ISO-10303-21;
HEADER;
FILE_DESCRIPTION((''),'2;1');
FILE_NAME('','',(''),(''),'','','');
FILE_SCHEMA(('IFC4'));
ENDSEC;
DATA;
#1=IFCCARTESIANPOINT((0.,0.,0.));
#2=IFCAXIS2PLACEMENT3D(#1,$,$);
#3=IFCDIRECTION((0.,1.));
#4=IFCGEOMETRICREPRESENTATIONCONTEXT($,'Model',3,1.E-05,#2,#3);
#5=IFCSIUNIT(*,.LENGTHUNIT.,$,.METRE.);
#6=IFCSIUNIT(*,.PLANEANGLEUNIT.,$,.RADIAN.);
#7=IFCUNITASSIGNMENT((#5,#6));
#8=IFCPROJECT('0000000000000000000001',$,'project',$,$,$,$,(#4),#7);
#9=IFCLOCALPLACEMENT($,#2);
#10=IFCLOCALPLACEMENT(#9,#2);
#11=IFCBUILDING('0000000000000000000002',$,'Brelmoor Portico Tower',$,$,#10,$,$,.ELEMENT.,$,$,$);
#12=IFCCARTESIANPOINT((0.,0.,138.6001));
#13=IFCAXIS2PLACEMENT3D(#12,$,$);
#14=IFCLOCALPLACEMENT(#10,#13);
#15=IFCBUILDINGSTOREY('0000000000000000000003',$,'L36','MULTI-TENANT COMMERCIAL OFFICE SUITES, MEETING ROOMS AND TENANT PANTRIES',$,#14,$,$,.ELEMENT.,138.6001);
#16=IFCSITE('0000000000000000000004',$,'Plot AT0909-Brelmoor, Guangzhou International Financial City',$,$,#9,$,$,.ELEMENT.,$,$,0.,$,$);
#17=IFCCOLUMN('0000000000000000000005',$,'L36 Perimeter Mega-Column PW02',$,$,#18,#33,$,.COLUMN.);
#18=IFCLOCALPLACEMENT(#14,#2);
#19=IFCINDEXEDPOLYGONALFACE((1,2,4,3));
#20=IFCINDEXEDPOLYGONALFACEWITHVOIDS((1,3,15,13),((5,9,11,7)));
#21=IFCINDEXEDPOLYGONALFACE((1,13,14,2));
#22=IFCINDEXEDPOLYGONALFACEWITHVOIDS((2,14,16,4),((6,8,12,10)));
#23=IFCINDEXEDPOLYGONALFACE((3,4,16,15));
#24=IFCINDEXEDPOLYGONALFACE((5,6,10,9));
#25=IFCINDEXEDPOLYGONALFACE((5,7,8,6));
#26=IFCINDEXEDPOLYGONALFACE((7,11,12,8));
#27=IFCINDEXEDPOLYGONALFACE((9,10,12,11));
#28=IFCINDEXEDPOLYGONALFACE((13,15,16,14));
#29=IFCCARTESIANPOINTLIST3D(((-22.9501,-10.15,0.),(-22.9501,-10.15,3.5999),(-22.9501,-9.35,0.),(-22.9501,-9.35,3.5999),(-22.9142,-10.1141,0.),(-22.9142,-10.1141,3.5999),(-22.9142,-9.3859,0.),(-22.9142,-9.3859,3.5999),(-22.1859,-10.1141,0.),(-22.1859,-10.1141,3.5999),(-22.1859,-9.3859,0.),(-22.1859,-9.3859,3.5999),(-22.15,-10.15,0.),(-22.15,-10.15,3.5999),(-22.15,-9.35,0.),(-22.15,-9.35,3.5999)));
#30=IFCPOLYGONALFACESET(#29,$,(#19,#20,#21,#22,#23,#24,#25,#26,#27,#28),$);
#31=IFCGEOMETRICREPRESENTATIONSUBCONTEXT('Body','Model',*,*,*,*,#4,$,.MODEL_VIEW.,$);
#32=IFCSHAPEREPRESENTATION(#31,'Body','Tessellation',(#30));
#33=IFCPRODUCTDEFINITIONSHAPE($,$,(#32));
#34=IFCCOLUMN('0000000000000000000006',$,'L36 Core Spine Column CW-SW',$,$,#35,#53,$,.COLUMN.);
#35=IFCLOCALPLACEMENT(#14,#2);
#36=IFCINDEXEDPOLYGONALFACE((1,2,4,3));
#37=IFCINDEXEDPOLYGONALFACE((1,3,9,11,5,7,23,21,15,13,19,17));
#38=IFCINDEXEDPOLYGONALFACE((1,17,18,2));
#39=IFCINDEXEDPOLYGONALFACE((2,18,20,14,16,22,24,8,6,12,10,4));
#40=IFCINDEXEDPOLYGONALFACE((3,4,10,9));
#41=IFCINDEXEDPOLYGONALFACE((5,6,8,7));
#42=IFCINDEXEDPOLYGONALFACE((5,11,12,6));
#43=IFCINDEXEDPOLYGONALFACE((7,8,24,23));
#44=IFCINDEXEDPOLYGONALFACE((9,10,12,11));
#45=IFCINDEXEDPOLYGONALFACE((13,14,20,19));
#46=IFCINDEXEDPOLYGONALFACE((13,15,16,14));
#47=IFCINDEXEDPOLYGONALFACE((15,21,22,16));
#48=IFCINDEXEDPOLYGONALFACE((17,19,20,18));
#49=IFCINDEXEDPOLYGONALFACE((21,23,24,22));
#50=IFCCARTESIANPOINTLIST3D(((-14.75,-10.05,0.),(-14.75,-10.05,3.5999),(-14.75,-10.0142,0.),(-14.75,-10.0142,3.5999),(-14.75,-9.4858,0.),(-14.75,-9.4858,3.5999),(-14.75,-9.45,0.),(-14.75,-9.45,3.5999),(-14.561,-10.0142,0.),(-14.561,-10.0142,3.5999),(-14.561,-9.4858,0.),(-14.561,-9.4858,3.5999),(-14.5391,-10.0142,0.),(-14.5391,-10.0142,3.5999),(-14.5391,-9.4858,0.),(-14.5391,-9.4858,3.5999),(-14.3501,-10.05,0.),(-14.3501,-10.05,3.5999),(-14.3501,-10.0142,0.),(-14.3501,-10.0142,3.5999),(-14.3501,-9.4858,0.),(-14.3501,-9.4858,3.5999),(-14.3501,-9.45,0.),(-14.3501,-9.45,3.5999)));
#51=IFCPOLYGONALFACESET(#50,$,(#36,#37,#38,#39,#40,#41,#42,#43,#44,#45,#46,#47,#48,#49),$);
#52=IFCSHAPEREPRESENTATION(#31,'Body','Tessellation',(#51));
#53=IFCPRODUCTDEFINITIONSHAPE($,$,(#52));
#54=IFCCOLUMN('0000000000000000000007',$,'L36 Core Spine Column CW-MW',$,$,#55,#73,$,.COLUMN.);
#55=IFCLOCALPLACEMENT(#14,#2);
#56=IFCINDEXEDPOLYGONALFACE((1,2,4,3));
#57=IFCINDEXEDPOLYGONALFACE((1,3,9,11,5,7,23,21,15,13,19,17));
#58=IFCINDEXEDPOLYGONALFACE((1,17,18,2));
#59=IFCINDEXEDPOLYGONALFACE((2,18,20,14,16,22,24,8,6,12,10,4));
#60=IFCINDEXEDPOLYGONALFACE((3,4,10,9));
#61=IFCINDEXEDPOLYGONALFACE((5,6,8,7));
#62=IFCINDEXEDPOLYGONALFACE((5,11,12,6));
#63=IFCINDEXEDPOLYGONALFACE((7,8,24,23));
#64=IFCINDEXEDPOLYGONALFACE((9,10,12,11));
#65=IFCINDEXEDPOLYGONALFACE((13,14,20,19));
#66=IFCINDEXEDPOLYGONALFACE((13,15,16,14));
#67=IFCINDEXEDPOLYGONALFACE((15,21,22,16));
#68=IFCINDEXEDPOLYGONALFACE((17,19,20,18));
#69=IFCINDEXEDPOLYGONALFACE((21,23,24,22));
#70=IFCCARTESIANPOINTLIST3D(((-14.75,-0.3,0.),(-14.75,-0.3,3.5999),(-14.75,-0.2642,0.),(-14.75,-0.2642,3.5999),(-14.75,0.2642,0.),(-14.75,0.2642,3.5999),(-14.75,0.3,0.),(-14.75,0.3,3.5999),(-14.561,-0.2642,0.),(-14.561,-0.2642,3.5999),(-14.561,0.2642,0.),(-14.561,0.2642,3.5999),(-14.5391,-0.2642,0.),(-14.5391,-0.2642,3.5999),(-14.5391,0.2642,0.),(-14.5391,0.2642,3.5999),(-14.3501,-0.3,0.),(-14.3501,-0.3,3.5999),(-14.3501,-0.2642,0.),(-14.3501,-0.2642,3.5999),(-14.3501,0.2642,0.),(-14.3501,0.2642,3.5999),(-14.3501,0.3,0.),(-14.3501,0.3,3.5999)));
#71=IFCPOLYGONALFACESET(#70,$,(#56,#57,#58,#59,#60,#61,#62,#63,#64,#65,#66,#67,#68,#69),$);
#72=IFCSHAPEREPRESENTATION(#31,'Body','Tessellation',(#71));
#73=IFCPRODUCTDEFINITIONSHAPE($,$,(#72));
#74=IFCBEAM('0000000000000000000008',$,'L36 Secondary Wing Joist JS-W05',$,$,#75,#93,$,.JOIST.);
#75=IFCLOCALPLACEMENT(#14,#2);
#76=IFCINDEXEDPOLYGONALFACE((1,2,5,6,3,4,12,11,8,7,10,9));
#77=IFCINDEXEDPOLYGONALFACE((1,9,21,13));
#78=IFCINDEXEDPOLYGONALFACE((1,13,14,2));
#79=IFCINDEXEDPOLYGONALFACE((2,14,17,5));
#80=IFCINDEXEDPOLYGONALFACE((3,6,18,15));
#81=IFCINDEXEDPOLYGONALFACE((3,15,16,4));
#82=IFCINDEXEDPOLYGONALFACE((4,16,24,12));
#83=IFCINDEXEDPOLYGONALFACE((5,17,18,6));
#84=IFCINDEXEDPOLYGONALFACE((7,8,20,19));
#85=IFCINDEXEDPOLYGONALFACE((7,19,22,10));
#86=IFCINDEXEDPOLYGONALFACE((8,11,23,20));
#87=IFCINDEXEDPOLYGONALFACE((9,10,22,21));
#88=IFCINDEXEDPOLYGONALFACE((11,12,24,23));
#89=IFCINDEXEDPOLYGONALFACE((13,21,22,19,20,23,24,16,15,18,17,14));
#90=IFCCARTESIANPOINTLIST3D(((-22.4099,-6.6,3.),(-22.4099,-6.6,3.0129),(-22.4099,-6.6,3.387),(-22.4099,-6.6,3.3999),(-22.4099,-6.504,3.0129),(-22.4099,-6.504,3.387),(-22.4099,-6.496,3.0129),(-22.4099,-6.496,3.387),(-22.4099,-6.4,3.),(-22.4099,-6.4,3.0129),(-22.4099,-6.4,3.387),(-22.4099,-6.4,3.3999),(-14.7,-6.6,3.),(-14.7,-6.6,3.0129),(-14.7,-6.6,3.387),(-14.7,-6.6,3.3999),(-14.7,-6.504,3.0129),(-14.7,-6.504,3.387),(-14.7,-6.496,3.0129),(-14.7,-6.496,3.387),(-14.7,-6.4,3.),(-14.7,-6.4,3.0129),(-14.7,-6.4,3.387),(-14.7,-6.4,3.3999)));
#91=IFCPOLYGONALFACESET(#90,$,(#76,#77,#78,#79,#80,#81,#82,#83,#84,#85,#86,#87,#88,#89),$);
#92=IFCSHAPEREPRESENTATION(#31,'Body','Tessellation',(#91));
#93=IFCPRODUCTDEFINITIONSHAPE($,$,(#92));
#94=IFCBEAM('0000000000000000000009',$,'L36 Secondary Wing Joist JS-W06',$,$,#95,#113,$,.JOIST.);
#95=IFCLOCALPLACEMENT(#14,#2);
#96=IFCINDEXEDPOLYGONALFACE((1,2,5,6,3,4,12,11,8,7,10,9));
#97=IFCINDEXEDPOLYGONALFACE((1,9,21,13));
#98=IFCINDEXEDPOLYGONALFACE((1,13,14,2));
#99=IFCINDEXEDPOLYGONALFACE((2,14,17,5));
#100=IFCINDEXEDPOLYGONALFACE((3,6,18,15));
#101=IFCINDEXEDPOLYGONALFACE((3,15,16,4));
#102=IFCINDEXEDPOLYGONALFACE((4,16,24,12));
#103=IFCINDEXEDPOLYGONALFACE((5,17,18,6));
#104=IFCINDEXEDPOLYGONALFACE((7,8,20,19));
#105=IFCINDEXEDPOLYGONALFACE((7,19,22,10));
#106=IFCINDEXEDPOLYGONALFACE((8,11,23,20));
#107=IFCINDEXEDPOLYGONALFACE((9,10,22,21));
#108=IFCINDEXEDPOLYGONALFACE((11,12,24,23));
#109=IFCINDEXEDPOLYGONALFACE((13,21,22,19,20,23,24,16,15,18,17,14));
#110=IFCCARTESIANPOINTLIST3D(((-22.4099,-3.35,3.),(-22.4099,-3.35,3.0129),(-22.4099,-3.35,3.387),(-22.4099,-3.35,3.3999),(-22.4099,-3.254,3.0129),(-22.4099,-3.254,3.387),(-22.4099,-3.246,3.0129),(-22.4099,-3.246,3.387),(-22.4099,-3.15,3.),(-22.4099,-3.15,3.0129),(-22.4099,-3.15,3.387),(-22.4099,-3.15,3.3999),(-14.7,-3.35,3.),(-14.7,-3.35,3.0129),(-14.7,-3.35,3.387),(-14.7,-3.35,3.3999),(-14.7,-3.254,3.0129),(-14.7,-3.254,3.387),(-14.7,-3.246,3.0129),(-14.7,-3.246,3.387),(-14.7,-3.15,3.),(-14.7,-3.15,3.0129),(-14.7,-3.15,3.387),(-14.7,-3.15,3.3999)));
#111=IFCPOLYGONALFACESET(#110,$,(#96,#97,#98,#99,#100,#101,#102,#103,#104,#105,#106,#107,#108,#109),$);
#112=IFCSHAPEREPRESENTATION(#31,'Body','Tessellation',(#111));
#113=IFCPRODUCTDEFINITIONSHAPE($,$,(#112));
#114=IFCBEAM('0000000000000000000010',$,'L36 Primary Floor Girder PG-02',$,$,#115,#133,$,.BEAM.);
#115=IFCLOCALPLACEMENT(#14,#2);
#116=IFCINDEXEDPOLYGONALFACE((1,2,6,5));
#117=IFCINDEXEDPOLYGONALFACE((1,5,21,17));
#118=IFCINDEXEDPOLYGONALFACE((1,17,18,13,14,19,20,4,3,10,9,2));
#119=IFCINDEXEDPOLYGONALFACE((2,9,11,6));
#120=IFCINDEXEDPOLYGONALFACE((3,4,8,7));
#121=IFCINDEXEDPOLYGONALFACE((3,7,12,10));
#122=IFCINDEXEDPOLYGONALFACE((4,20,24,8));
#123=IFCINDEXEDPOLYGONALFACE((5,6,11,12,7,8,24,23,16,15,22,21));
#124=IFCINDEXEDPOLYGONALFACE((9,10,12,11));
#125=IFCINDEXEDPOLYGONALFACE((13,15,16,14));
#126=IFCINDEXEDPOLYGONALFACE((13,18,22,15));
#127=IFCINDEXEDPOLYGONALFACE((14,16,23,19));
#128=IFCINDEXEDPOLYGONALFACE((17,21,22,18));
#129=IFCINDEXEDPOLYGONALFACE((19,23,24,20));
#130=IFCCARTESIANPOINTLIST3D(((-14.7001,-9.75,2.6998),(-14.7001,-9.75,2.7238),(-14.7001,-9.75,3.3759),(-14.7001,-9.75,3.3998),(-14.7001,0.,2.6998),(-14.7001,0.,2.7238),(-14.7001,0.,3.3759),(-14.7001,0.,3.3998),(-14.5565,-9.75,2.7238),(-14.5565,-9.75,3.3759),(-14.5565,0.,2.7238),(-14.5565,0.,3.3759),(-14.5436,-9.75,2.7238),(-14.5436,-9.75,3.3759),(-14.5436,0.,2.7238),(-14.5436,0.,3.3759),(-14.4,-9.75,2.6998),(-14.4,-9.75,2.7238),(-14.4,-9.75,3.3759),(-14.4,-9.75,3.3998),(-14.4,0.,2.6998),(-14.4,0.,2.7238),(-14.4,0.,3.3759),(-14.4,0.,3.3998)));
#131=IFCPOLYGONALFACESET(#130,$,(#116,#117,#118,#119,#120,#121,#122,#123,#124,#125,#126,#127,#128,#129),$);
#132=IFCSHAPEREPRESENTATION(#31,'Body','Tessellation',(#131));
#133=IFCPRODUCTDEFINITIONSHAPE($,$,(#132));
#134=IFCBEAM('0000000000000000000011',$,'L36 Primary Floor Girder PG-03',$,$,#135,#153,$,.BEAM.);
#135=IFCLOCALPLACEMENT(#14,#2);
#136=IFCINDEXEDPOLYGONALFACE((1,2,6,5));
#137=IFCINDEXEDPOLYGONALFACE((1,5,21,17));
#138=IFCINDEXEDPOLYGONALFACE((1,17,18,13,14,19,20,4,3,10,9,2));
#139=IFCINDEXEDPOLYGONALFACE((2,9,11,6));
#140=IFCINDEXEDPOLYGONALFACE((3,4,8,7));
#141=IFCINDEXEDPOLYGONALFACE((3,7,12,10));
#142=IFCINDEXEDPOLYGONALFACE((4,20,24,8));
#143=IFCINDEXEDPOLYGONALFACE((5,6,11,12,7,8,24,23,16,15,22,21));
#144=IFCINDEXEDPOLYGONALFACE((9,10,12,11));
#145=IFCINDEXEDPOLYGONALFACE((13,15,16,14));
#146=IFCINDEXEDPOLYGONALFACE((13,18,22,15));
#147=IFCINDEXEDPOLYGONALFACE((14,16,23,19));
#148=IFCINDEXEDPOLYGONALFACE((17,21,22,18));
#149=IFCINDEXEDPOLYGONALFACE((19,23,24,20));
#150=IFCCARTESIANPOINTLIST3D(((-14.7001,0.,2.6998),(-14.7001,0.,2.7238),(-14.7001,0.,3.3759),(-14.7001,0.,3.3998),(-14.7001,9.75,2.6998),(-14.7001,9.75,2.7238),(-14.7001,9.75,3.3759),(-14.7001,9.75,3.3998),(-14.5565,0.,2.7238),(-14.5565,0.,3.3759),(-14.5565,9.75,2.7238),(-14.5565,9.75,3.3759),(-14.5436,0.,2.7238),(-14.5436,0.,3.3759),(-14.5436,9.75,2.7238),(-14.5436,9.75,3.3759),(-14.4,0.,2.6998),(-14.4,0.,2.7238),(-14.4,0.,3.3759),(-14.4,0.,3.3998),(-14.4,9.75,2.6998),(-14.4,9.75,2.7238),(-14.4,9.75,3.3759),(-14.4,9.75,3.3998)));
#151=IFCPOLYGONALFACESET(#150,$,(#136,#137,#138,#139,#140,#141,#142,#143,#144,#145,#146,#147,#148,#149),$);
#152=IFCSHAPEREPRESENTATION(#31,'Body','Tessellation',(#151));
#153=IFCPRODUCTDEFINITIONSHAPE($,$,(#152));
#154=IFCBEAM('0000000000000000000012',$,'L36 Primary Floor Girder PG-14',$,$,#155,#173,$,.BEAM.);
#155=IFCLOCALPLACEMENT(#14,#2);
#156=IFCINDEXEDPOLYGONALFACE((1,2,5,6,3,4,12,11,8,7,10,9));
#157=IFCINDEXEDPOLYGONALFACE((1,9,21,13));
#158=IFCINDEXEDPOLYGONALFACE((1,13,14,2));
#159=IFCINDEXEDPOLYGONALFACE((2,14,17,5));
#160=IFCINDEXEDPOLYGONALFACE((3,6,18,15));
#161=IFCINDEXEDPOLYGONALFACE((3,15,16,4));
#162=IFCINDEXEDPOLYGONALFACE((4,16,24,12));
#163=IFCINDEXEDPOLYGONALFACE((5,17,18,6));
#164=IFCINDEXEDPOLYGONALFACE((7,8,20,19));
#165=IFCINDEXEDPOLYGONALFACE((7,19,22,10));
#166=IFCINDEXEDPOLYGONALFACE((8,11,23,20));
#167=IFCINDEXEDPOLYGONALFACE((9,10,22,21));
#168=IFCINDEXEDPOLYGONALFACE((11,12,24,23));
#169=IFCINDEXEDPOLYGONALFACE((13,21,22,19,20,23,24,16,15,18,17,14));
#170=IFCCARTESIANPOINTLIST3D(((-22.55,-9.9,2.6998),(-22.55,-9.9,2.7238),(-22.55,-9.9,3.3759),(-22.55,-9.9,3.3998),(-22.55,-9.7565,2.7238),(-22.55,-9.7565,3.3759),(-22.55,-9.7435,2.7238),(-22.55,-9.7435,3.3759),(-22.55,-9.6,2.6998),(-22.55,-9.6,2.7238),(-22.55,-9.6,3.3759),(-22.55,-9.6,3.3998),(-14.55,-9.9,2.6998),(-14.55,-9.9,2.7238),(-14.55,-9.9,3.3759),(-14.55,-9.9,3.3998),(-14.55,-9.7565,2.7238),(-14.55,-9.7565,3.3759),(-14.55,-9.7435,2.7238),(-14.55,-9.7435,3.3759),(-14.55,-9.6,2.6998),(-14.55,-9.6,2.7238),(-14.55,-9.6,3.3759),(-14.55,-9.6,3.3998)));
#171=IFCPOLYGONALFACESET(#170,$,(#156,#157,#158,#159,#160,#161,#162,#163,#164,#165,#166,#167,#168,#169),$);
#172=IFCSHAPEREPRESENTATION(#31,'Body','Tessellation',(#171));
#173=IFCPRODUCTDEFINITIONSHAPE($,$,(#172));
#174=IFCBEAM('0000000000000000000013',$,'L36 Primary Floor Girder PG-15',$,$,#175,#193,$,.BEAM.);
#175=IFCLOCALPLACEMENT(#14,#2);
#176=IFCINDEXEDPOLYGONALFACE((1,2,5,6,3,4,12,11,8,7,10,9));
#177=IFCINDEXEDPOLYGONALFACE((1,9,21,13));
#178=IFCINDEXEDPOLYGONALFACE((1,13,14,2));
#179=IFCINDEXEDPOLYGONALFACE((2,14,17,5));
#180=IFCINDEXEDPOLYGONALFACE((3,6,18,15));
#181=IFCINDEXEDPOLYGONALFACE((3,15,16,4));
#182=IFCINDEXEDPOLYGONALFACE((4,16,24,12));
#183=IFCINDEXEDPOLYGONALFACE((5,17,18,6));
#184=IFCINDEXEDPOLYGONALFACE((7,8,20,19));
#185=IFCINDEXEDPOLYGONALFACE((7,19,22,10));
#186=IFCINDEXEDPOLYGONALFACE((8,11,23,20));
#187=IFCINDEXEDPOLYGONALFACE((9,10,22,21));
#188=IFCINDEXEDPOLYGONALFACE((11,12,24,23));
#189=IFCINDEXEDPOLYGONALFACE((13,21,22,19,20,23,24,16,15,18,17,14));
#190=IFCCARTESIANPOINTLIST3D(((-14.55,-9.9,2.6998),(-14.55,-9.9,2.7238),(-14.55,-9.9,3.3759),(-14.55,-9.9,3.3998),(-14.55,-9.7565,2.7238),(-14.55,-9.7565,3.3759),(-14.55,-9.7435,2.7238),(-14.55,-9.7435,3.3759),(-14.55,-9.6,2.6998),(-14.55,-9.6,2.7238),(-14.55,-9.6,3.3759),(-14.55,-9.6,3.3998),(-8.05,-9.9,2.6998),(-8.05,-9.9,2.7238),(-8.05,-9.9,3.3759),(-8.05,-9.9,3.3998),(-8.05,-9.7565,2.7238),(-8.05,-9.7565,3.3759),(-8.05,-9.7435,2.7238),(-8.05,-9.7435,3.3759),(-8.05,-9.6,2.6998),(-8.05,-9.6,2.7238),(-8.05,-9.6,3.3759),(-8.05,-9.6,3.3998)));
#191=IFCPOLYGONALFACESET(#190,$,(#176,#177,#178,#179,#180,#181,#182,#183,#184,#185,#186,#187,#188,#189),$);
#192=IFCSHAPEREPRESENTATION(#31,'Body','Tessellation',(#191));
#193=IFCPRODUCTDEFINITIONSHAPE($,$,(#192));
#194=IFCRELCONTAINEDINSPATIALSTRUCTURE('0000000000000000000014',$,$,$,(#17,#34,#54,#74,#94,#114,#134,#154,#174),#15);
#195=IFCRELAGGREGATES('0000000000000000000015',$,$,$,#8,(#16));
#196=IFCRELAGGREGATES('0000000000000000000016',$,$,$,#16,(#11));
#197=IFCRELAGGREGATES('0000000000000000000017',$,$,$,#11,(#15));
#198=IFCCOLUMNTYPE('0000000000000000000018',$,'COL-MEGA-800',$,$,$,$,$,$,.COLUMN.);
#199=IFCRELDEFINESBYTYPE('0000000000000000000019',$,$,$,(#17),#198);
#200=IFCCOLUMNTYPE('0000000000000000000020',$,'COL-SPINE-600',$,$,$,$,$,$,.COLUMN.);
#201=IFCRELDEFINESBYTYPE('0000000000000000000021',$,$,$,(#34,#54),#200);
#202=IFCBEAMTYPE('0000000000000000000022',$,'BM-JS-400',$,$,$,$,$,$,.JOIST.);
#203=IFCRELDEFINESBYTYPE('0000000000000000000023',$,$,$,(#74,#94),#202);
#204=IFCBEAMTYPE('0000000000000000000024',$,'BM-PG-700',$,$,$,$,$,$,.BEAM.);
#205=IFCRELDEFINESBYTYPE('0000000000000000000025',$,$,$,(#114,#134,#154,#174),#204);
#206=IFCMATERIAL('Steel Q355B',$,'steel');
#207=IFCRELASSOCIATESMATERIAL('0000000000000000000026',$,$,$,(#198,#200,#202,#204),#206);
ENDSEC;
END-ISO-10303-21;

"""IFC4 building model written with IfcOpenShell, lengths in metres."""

from ifc_helpers import new_model, si_unit, direction, frame, origin, origin_2d, place, context, subcontext, project, spatial, hollow_rectangle, i_section, extrude, material, material_profile, profile_set, type_object, element, save


model = new_model("IFC4")

# Units and contexts
model_context = context("Model", 3, precision=1e-05, world=origin(), true_north=direction((0.0, 1.0)))
body_context = subcontext(model_context, "Body", "Model", "MODEL_VIEW")
ifc_project = project(units=[si_unit("LENGTHUNIT", "METRE"), si_unit("PLANEANGLEUNIT", "RADIAN")], contexts=[model_context])

# Site, building, storey
site_placement = place(None, origin())
site = spatial("IfcSite", under=ifc_project, at=site_placement, Name="Plot AT0909-Brelmoor, Guangzhou International Financial City", CompositionType="ELEMENT", RefElevation=0.0)
building_placement = place(site_placement, origin())
building = spatial("IfcBuilding", under=site, at=building_placement, Name="Brelmoor Portico Tower", CompositionType="ELEMENT")
storey_placement = place(building_placement, frame((0.0, 0.0, 138.6001)))
storey = spatial("IfcBuildingStorey", under=building, at=storey_placement, Name="L36", Description="MULTI-TENANT COMMERCIAL OFFICE SUITES, MEETING ROOMS AND TENANT PANTRIES", CompositionType="ELEMENT", Elevation=138.6001)

# Columns
ifc_material_1 = material(Name="Steel Q355B", Category="steel")
ifc_material_profile_1 = material_profile(ifc_material_1, hollow_rectangle(XDim=0.8, YDim=0.8, WallThickness=0.0359, at=origin_2d()), Name="BOX 800x800x36")
ifc_profile_set_1 = profile_set([ifc_material_profile_1], Name="Steel Q355B")
column_type_1 = type_object("IfcColumnType", Name="COL-MEGA-800", PredefinedType="COLUMN", material=ifc_profile_set_1)
column_placement = place(storey_placement, frame((-22.55, -9.75, 0.0), z_axis=(0.0, 0.0, 1.0), x_axis=(0.0, 1.0, 0.0)))
element("IfcColumn", 1, at=column_placement, inside=storey, type_object=column_type_1, Name="L36 Perimeter Mega-Column PW02", PredefinedType="COLUMN", context=body_context, shape_type="SweptSolid", body=[
    extrude(hollow_rectangle(XDim=0.8, YDim=0.8, WallThickness=0.0359, at=origin_2d()), origin(), (0.0, 0.0, 1.0), 3.5999),
])
ifc_material_profile_2 = material_profile(ifc_material_1, i_section(OverallWidth=0.3999, OverallDepth=0.6001, WebThickness=0.022, FlangeThickness=0.0359, at=origin_2d()), Name="HW 600x400x22x36")
ifc_profile_set_2 = profile_set([ifc_material_profile_2], Name="Steel Q355B")
column_type_2 = type_object("IfcColumnType", Name="COL-SPINE-600", PredefinedType="COLUMN", material=ifc_profile_set_2)
for number, where, z_axis, x_axis, name in (
    (2, (-14.55, -9.75, 0.0), (0.0, 0.0, 1.0), (1.0, 0.0, 0.0), "L36 Core Spine Column CW-SW"),
    (3, (-14.55, 0.0, 0.0), (0.0, 0.0, 1.0), (1.0, 0.0, 0.0), "L36 Core Spine Column CW-MW"),
):
    element("IfcColumn", number, at=place(storey_placement, frame(where, z_axis=z_axis, x_axis=x_axis)), inside=storey, type_object=column_type_2, Name=name, PredefinedType="COLUMN", context=body_context, shape_type="SweptSolid", body=[
        extrude(i_section(OverallWidth=0.3999, OverallDepth=0.6001, WebThickness=0.022, FlangeThickness=0.0359, at=origin_2d()), origin(), (0.0, 0.0, 1.0), 3.5999),
    ])

# Beams
ifc_material_profile_3 = material_profile(ifc_material_1, i_section(OverallWidth=0.2, OverallDepth=0.3999, WebThickness=0.0081, FlangeThickness=0.0129, at=origin_2d()), Name="HN 400x200x8x13")
ifc_profile_set_3 = profile_set([ifc_material_profile_3], Name="Steel Q355B")
beam_type_1 = type_object("IfcBeamType", Name="BM-JS-400", PredefinedType="JOIST", material=ifc_profile_set_3)
for number, where, z_axis, x_axis, name in (
    (4, (-22.4099, -6.5, 3.2), (1.0, 0.0, 0.0), (0.0, 1.0, 0.0), "L36 Secondary Wing Joist JS-W05"),
    (5, (-22.4099, -3.25, 3.2), (1.0, 0.0, 0.0), (0.0, 1.0, 0.0), "L36 Secondary Wing Joist JS-W06"),
):
    element("IfcBeam", number, at=place(storey_placement, frame(where, z_axis=z_axis, x_axis=x_axis)), inside=storey, type_object=beam_type_1, Name=name, PredefinedType="JOIST", context=body_context, shape_type="SweptSolid", body=[
        extrude(i_section(OverallWidth=0.2, OverallDepth=0.3999, WebThickness=0.0081, FlangeThickness=0.0129, at=origin_2d()), origin(), (0.0, 0.0, 1.0), 7.71),
    ])
ifc_material_profile_4 = material_profile(ifc_material_1, i_section(OverallWidth=0.3, OverallDepth=0.7, WebThickness=0.0129, FlangeThickness=0.0239, at=origin_2d()), Name="HN 700x300x13x24")
ifc_profile_set_4 = profile_set([ifc_material_profile_4], Name="Steel Q355B")
beam_type_2 = type_object("IfcBeamType", Name="BM-PG-700", PredefinedType="BEAM", material=ifc_profile_set_4)
for number, where, z_axis, x_axis, name in (
    (6, (-14.55, -9.75, 3.0498), (0.0, 1.0, 0.0), (-1.0, 0.0, 0.0), "L36 Primary Floor Girder PG-02"),
    (7, (-14.55, 0.0, 3.0498), (0.0, 1.0, 0.0), (-1.0, 0.0, 0.0), "L36 Primary Floor Girder PG-03"),
):
    element("IfcBeam", number, at=place(storey_placement, frame(where, z_axis=z_axis, x_axis=x_axis)), inside=storey, type_object=beam_type_2, Name=name, PredefinedType="BEAM", context=body_context, shape_type="SweptSolid", body=[
        extrude(i_section(OverallWidth=0.3, OverallDepth=0.7, WebThickness=0.0129, FlangeThickness=0.0239, at=origin_2d()), origin(), (0.0, 0.0, 1.0), 9.75),
    ])
beam_1_placement = place(storey_placement, frame((-22.55, -9.75, 3.0498), z_axis=(1.0, 0.0, 0.0), x_axis=(0.0, 1.0, 0.0)))
element("IfcBeam", 8, at=beam_1_placement, inside=storey, type_object=beam_type_2, Name="L36 Primary Floor Girder PG-14", PredefinedType="BEAM", context=body_context, shape_type="SweptSolid", body=[
    extrude(i_section(OverallWidth=0.3, OverallDepth=0.7, WebThickness=0.0129, FlangeThickness=0.0239, at=origin_2d()), origin(), (0.0, 0.0, 1.0), 8.0),
])
for number, where, z_axis, x_axis, name in (
    (9, (-14.55, -9.75, 3.0498), (1.0, 0.0, 0.0), (0.0, 1.0, 0.0), "L36 Primary Floor Girder PG-15"),
):
    element("IfcBeam", number, at=place(storey_placement, frame(where, z_axis=z_axis, x_axis=x_axis)), inside=storey, type_object=beam_type_2, Name=name, PredefinedType="BEAM", context=body_context, shape_type="SweptSolid", body=[
        extrude(i_section(OverallWidth=0.3, OverallDepth=0.7, WebThickness=0.0129, FlangeThickness=0.0239, at=origin_2d()), origin(), (0.0, 0.0, 1.0), 6.5),
    ])

save(model, "model.ifc")
